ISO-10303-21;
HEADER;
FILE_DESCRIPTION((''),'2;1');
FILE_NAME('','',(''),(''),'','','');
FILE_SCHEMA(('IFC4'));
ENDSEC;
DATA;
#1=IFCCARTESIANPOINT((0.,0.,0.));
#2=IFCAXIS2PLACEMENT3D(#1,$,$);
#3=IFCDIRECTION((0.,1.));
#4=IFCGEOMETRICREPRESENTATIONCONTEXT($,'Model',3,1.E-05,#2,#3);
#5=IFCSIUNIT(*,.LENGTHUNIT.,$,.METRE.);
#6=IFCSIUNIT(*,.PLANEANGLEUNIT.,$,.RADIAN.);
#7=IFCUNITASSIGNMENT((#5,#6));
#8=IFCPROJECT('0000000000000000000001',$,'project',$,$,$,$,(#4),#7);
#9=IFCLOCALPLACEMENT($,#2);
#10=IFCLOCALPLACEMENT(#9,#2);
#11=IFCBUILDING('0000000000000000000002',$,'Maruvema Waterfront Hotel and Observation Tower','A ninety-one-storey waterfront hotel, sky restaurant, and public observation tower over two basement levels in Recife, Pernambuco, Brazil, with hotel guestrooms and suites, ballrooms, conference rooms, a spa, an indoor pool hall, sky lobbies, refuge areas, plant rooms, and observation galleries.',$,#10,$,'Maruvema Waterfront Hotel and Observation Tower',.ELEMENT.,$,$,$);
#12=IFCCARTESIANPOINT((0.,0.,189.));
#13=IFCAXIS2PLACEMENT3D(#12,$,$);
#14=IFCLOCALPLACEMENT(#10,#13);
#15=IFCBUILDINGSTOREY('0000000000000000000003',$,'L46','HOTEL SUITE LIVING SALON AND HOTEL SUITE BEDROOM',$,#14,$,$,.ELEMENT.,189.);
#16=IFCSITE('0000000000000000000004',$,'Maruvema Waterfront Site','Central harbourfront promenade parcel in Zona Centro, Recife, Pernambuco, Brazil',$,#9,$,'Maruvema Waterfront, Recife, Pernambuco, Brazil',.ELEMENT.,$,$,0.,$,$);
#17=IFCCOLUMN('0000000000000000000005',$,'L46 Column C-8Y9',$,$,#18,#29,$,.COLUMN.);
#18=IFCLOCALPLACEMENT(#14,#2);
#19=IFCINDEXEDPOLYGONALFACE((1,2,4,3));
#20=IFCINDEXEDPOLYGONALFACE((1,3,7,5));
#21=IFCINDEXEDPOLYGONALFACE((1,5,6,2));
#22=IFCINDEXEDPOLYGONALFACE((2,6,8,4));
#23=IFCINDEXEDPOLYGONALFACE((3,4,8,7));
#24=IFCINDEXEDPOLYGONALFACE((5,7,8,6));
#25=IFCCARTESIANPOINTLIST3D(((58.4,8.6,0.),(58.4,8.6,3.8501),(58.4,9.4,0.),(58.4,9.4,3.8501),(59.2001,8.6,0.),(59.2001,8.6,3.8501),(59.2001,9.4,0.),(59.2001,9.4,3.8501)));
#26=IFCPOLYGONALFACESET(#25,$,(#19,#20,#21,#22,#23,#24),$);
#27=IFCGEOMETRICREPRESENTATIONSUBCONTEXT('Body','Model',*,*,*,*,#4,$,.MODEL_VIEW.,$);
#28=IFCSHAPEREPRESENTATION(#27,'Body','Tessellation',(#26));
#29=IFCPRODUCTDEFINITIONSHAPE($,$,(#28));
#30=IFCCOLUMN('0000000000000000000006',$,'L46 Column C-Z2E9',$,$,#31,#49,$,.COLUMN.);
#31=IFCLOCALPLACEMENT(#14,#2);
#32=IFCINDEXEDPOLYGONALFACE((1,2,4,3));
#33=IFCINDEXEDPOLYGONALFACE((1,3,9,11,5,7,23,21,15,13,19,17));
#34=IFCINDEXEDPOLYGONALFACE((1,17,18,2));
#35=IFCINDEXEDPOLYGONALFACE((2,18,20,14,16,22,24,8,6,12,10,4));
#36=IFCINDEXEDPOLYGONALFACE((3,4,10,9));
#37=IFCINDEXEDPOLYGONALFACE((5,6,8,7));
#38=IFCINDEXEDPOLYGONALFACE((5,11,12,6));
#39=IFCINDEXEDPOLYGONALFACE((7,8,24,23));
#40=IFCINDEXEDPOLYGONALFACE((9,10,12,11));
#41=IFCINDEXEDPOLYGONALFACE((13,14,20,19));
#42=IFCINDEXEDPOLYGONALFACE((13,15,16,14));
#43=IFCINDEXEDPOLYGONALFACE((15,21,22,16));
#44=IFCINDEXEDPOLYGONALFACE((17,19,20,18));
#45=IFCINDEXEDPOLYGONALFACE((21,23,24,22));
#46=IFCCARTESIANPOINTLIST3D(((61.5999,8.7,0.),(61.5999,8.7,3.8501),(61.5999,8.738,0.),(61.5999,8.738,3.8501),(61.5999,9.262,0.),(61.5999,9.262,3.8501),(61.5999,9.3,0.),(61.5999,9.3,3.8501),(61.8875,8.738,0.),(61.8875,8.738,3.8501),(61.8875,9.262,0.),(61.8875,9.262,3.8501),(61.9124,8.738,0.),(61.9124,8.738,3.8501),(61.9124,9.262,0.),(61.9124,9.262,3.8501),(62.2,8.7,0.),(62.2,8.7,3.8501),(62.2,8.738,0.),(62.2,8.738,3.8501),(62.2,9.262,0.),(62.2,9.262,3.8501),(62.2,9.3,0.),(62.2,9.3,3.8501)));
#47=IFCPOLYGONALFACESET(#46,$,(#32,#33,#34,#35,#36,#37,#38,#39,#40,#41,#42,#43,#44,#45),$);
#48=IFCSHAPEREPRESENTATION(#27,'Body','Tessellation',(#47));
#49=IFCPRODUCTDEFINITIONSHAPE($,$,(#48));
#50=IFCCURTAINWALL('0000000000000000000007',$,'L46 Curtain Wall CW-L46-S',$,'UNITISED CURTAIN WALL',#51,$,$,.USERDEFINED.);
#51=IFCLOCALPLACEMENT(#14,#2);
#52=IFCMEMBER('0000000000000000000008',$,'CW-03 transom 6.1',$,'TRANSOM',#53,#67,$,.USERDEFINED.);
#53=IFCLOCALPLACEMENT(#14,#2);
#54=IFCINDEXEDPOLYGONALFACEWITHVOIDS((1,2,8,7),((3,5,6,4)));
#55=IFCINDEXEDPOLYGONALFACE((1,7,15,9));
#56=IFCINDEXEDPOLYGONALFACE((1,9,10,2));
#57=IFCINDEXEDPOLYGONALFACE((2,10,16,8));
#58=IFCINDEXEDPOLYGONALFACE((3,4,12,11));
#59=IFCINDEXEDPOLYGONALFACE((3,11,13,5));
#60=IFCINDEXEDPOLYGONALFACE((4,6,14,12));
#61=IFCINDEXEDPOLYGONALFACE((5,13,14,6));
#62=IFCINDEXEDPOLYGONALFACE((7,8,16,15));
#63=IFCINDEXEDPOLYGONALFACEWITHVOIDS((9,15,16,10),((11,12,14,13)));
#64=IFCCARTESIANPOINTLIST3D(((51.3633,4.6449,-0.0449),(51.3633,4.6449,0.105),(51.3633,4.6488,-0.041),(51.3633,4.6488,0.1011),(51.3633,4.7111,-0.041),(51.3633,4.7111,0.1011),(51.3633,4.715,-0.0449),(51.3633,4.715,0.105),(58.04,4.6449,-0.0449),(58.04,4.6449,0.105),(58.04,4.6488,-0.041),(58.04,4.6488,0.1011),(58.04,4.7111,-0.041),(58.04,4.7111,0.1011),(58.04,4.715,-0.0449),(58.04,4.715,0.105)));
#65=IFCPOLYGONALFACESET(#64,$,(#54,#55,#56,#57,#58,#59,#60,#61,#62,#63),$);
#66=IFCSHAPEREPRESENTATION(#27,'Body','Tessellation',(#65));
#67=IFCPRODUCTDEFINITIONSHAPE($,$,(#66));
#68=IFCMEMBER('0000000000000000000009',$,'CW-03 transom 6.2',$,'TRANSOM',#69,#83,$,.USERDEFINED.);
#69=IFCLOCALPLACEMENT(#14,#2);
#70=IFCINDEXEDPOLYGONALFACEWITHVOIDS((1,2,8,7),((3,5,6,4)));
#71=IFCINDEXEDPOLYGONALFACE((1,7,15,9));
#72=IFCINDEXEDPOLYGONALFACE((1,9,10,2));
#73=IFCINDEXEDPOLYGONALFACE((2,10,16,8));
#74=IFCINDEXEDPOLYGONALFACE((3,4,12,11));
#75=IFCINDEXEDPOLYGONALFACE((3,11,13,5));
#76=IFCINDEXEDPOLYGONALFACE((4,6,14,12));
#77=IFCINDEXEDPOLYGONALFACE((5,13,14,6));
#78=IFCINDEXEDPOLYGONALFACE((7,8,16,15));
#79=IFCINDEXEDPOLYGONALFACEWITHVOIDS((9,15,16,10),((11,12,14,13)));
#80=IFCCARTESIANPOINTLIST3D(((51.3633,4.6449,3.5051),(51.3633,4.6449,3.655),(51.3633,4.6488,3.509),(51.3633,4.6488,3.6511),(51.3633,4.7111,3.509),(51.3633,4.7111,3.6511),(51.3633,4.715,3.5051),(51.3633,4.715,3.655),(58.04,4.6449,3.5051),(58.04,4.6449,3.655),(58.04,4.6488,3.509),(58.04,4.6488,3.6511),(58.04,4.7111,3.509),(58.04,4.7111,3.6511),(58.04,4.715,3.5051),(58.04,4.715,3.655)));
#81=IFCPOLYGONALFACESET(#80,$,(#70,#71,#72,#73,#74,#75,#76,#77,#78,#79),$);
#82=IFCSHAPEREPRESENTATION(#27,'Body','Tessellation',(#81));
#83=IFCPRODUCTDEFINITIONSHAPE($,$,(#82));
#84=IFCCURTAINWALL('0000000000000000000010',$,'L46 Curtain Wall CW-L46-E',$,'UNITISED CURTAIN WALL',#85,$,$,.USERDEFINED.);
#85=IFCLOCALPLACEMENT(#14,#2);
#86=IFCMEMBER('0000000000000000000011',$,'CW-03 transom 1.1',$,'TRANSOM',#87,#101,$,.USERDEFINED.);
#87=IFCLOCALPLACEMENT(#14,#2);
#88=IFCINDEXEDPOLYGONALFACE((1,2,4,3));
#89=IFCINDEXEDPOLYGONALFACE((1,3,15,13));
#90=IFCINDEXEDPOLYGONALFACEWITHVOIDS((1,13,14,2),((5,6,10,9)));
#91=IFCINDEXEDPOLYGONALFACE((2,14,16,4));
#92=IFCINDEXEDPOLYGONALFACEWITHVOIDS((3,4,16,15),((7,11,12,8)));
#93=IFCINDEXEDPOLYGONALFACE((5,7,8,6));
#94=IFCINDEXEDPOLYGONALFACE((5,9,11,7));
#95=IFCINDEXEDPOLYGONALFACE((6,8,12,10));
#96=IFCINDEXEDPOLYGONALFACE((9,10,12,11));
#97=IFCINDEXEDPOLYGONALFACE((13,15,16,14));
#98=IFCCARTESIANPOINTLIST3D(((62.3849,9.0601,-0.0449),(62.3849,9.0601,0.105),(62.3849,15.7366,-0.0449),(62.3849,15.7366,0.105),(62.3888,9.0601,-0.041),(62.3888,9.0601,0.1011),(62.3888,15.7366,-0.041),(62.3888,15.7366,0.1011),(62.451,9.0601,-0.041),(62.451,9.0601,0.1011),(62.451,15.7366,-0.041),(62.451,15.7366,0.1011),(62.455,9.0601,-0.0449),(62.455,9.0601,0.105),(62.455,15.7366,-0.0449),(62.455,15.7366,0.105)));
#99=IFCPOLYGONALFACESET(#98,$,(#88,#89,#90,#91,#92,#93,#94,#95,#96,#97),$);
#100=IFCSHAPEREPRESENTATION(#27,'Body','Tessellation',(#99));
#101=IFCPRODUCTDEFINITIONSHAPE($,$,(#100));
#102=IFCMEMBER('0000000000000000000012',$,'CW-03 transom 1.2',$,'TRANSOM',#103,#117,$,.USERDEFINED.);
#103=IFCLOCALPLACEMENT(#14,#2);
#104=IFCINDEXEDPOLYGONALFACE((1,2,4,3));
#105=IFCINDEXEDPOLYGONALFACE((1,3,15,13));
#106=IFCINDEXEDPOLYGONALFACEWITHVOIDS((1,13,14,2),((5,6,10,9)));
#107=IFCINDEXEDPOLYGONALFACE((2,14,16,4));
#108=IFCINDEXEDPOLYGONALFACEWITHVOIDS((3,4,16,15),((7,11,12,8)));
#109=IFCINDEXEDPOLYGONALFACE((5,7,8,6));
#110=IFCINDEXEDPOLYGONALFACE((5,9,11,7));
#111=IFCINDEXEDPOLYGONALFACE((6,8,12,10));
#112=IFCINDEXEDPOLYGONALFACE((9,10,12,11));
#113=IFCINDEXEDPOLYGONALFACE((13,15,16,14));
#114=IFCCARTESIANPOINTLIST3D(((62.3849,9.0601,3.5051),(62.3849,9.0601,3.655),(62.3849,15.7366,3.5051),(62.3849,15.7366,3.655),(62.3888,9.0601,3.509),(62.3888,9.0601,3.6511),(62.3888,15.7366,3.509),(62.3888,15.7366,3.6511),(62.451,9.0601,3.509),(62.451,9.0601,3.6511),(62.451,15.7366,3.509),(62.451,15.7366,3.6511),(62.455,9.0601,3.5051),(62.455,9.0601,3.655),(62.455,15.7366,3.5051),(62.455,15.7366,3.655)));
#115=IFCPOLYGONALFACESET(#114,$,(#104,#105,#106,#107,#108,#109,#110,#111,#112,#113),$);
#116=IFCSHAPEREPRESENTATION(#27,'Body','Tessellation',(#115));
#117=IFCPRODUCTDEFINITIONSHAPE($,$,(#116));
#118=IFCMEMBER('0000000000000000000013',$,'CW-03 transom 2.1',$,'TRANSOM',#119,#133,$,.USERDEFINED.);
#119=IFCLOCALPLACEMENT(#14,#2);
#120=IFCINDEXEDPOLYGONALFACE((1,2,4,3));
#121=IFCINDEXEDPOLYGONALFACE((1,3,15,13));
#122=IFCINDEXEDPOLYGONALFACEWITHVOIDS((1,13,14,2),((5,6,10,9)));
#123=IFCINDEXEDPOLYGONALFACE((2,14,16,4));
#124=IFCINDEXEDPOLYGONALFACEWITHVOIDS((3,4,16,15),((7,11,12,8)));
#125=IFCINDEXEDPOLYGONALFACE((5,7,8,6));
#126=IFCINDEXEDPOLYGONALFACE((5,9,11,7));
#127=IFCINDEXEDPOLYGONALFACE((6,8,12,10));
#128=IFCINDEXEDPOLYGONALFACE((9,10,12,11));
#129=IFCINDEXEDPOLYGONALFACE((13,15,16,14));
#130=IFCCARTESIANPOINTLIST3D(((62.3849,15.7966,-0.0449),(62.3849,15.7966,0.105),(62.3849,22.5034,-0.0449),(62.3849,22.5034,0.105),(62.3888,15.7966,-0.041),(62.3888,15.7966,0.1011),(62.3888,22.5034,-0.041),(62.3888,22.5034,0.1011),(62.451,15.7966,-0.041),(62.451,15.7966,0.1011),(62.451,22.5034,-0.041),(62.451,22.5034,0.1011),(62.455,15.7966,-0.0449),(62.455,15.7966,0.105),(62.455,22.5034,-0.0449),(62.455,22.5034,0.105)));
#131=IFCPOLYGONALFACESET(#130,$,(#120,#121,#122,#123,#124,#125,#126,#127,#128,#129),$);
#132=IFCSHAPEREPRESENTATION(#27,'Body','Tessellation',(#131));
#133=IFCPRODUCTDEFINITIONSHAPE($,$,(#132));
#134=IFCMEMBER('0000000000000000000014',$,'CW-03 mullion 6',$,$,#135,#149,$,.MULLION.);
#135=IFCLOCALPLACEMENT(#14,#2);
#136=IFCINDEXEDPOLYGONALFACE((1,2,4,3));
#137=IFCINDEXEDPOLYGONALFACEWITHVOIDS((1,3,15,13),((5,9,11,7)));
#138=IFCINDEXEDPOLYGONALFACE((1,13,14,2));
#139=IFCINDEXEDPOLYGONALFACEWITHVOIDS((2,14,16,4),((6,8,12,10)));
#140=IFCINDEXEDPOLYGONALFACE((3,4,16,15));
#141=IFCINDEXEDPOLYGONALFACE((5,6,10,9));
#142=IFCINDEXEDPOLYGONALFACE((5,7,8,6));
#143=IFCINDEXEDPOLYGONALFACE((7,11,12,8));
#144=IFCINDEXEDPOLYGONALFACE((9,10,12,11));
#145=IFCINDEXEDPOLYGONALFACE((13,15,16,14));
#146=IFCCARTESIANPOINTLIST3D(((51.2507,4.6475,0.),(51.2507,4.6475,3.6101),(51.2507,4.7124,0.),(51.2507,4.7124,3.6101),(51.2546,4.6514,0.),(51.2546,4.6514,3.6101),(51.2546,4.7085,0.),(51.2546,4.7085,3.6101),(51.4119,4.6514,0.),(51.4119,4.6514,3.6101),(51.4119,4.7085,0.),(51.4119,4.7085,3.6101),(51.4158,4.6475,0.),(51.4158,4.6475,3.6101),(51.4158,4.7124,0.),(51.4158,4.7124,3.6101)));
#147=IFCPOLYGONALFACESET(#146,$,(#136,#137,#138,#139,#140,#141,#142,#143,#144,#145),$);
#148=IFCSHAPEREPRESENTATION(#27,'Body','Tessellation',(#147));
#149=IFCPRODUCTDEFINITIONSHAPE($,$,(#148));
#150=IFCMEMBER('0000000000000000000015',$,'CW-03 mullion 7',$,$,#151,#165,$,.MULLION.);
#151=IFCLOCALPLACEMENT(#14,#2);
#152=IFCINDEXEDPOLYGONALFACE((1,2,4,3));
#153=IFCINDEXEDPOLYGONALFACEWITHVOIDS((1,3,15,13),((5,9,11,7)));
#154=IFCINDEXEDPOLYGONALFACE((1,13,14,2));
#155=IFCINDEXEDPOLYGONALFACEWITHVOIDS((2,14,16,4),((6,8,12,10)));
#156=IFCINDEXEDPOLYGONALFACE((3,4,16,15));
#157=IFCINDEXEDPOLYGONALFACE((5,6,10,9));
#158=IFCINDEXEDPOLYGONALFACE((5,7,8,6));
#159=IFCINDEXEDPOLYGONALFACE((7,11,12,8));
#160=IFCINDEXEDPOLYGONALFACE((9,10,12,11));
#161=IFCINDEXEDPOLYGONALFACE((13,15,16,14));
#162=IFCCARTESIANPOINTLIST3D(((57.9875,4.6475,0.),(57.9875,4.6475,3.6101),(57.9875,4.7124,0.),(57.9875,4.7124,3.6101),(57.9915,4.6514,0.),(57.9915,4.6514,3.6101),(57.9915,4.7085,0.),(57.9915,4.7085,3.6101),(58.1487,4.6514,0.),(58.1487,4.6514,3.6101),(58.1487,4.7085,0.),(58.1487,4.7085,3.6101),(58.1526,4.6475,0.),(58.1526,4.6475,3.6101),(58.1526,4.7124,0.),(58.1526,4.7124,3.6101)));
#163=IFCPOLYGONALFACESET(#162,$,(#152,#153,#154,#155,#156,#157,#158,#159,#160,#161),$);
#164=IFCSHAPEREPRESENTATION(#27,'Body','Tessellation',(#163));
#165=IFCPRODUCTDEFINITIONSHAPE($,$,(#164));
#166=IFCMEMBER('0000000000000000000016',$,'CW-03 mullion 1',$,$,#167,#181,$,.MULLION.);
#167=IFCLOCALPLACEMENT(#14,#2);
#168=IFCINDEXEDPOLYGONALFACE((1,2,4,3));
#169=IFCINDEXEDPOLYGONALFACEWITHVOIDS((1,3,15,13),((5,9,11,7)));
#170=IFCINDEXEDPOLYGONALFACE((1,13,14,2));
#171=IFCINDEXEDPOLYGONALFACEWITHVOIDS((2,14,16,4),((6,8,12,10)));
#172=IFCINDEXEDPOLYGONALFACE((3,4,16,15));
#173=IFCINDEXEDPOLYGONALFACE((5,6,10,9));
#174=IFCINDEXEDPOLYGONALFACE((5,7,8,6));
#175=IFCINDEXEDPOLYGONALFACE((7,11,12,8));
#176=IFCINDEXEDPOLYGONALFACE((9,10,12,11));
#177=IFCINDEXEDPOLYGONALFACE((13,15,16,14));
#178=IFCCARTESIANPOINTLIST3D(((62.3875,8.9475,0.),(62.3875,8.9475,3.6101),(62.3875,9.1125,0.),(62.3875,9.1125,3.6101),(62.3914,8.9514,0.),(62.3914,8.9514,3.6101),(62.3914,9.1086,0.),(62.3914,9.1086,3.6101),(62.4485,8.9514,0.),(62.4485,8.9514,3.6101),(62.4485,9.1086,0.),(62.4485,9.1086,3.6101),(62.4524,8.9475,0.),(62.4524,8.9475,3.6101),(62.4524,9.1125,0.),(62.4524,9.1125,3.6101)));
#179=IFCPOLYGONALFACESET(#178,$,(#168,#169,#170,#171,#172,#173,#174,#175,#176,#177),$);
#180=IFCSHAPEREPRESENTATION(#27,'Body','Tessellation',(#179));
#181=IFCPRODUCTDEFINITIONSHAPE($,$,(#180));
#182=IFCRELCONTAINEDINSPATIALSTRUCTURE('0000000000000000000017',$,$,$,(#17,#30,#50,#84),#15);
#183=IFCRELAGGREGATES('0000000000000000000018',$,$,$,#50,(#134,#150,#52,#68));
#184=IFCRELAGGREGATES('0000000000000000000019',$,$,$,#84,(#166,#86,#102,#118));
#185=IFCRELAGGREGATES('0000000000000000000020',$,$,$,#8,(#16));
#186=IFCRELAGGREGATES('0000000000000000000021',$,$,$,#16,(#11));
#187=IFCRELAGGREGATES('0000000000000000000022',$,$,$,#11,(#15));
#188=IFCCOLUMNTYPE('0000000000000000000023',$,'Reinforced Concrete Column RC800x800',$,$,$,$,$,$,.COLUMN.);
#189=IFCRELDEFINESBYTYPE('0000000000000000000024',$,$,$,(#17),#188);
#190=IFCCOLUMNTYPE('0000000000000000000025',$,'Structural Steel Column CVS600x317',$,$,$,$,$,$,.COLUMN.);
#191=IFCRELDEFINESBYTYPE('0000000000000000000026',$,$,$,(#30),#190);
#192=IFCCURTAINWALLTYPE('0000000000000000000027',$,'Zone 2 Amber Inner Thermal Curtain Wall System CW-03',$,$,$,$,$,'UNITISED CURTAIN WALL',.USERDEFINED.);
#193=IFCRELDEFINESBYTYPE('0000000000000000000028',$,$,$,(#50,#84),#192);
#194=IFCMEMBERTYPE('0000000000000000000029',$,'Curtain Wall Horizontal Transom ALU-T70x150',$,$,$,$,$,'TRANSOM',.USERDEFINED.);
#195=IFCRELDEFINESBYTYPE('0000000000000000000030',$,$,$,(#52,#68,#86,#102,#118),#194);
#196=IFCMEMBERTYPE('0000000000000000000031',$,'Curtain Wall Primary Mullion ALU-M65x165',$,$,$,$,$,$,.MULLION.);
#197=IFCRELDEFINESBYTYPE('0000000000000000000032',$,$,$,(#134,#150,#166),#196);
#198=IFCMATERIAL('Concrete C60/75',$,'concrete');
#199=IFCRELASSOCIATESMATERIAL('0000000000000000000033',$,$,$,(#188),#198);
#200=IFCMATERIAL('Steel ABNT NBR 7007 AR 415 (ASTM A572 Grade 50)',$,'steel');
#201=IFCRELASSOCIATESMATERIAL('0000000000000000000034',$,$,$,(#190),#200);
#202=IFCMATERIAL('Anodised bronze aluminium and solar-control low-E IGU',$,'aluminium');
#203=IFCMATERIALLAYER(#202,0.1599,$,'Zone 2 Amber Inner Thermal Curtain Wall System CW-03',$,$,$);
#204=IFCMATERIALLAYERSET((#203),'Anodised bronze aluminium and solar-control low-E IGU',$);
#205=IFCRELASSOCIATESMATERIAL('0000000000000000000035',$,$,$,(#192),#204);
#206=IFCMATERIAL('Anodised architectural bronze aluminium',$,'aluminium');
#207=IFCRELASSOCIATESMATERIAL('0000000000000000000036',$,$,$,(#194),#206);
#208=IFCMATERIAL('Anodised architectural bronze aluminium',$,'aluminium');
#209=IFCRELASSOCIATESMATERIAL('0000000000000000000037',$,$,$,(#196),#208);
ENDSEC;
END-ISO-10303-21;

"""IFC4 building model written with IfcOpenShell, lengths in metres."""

from ifc_helpers import new_model, si_unit, direction, frame, origin, origin_2d, place, context, subcontext, project, spatial, rectangle, hollow_rectangle, i_section, extrude, material, layer, layer_set, material_profile, profile_set, type_object, element, aggregate, save


model = new_model("IFC4")

# Units and contexts
model_context = context("Model", 3, precision=1e-05, world=origin(), true_north=direction((0.0, 1.0)))
body_context = subcontext(model_context, "Body", "Model", "MODEL_VIEW")
ifc_project = project(units=[si_unit("LENGTHUNIT", "METRE"), si_unit("PLANEANGLEUNIT", "RADIAN")], contexts=[model_context])

# Site, building, storey
site_placement = place(None, origin())
site = spatial("IfcSite", under=ifc_project, at=site_placement, Name="Maruvema Waterfront Site", Description="Central harbourfront promenade parcel in Zona Centro, Recife, Pernambuco, Brazil", LongName="Maruvema Waterfront, Recife, Pernambuco, Brazil", CompositionType="ELEMENT", RefElevation=0.0)
building_placement = place(site_placement, origin())
building = spatial("IfcBuilding", under=site, at=building_placement, Name="Maruvema Waterfront Hotel and Observation Tower", Description="A ninety-one-storey waterfront hotel, sky restaurant, and public observation tower over two basement levels in Recife, Pernambuco, Brazil, with hotel guestrooms and suites, ballrooms, conference rooms, a spa, an indoor pool hall, sky lobbies, refuge areas, plant rooms, and observation galleries.", LongName="Maruvema Waterfront Hotel and Observation Tower", CompositionType="ELEMENT")
storey_placement = place(building_placement, frame((0.0, 0.0, 189.0)))
storey = spatial("IfcBuildingStorey", under=building, at=storey_placement, Name="L46", Description="HOTEL SUITE LIVING SALON AND HOTEL SUITE BEDROOM", CompositionType="ELEMENT", Elevation=189.0)

# Columns
ifc_material_1 = material(Name="Concrete C60/75", Category="concrete")
ifc_material_profile_1 = material_profile(ifc_material_1, rectangle(XDim=0.8, YDim=0.8, at=origin_2d()), Name="RC800x800")
ifc_profile_set_1 = profile_set([ifc_material_profile_1], Name="Concrete C60/75")
column_type_1 = type_object("IfcColumnType", Name="Reinforced Concrete Column RC800x800", PredefinedType="COLUMN", material=ifc_profile_set_1)
column_1_placement = place(storey_placement, frame((58.8, 9.0, 0.0), z_axis=(0.0, 0.0, 1.0), x_axis=(1.0, 0.0, 0.0)))
element("IfcColumn", 1, at=column_1_placement, inside=storey, type_object=column_type_1, Name="L46 Column C-8Y9", PredefinedType="COLUMN", context=body_context, shape_type="SweptSolid", body=[
    extrude(rectangle(XDim=0.8, YDim=0.8, at=origin_2d()), origin(), (0.0, 0.0, 1.0), 3.8501),
])
ifc_material_2 = material(Name="Steel ABNT NBR 7007 AR 415 (ASTM A572 Grade 50)", Category="steel")
ifc_material_profile_2 = material_profile(ifc_material_2, i_section(OverallWidth=0.6001, OverallDepth=0.6001, WebThickness=0.0249, FlangeThickness=0.0381, at=origin_2d()), Name="CVS600x317")
ifc_profile_set_2 = profile_set([ifc_material_profile_2], Name="Steel ABNT NBR 7007 AR 415 (ASTM A572 Grade 50)")
column_type_2 = type_object("IfcColumnType", Name="Structural Steel Column CVS600x317", PredefinedType="COLUMN", material=ifc_profile_set_2)
column_2_placement = place(storey_placement, frame((61.8999, 9.0, 0.0), z_axis=(0.0, 0.0, 1.0), x_axis=(1.0, 0.0, 0.0)))
element("IfcColumn", 2, at=column_2_placement, inside=storey, type_object=column_type_2, Name="L46 Column C-Z2E9", PredefinedType="COLUMN", context=body_context, shape_type="SweptSolid", body=[
    extrude(i_section(OverallWidth=0.6001, OverallDepth=0.6001, WebThickness=0.0249, FlangeThickness=0.0381, at=origin_2d()), origin(), (0.0, 0.0, 1.0), 3.8501),
])

# Curtain walls, members
ifc_material_3 = material(Name="Anodised bronze aluminium and solar-control low-E IGU", Category="aluminium")
ifc_layer_1 = layer(ifc_material_3, 0.1599, Name="Zone 2 Amber Inner Thermal Curtain Wall System CW-03")
ifc_layer_set_1 = layer_set([ifc_layer_1], Name="Anodised bronze aluminium and solar-control low-E IGU")
curtain_wall_type = type_object("IfcCurtainWallType", Name="Zone 2 Amber Inner Thermal Curtain Wall System CW-03", ElementType="UNITISED CURTAIN WALL", PredefinedType="USERDEFINED", material=ifc_layer_set_1)
curtain_wall_1_placement = place(storey_placement, origin())
curtain_wall_1 = element("IfcCurtainWall", 3, at=curtain_wall_1_placement, inside=storey, type_object=curtain_wall_type, Name="L46 Curtain Wall CW-L46-S", ObjectType="UNITISED CURTAIN WALL", PredefinedType="USERDEFINED")
ifc_material_4 = material(Name="Anodised architectural bronze aluminium", Category="aluminium")
ifc_material_profile_3 = material_profile(ifc_material_4, hollow_rectangle(XDim=0.0701, YDim=0.1499, WallThickness=0.0039, at=origin_2d()), Name="ALU-T70x150")
ifc_profile_set_3 = profile_set([ifc_material_profile_3], Name="Anodised architectural bronze aluminium")
member_type_1 = type_object("IfcMemberType", Name="Curtain Wall Horizontal Transom ALU-T70x150", ElementType="TRANSOM", PredefinedType="USERDEFINED", material=ifc_profile_set_3)
member_1_placement = place(storey_placement, frame((51.3633, 4.6799, 0.03), z_axis=(1.0, 0.0, 0.0), x_axis=(0.0, 1.0, 0.0)))
member_1 = element("IfcMember", 4, at=member_1_placement, type_object=member_type_1, Name="CW-03 transom 6.1", ObjectType="TRANSOM", PredefinedType="USERDEFINED", context=body_context, shape_type="SweptSolid", body=[
    extrude(hollow_rectangle(XDim=0.0701, YDim=0.1499, WallThickness=0.0039, at=origin_2d()), origin(), (0.0, 0.0, 1.0), 6.6768),
])
member_2_placement = place(storey_placement, frame((51.3633, 4.6799, 3.5801), z_axis=(1.0, 0.0, 0.0), x_axis=(0.0, 1.0, 0.0)))
member_2 = element("IfcMember", 5, at=member_2_placement, type_object=member_type_1, Name="CW-03 transom 6.2", ObjectType="TRANSOM", PredefinedType="USERDEFINED", context=body_context, shape_type="SweptSolid", body=[
    extrude(hollow_rectangle(XDim=0.0701, YDim=0.1499, WallThickness=0.0039, at=origin_2d()), origin(), (0.0, 0.0, 1.0), 6.6768),
])
curtain_wall_2_placement = place(storey_placement, origin())
curtain_wall_2 = element("IfcCurtainWall", 6, at=curtain_wall_2_placement, inside=storey, type_object=curtain_wall_type, Name="L46 Curtain Wall CW-L46-E", ObjectType="UNITISED CURTAIN WALL", PredefinedType="USERDEFINED")
member_3_placement = place(storey_placement, frame((62.4199, 9.0601, 0.03), z_axis=(0.0, 1.0, 0.0), x_axis=(-1.0, 0.0, 0.0)))
member_3 = element("IfcMember", 7, at=member_3_placement, type_object=member_type_1, Name="CW-03 transom 1.1", ObjectType="TRANSOM", PredefinedType="USERDEFINED", context=body_context, shape_type="SweptSolid", body=[
    extrude(hollow_rectangle(XDim=0.0701, YDim=0.1499, WallThickness=0.0039, at=origin_2d()), origin(), (0.0, 0.0, 1.0), 6.6765),
])
member_4_placement = place(storey_placement, frame((62.4199, 9.0601, 3.5801), z_axis=(0.0, 1.0, 0.0), x_axis=(-1.0, 0.0, 0.0)))
member_4 = element("IfcMember", 8, at=member_4_placement, type_object=member_type_1, Name="CW-03 transom 1.2", ObjectType="TRANSOM", PredefinedType="USERDEFINED", context=body_context, shape_type="SweptSolid", body=[
    extrude(hollow_rectangle(XDim=0.0701, YDim=0.1499, WallThickness=0.0039, at=origin_2d()), origin(), (0.0, 0.0, 1.0), 6.6765),
])
member_5_placement = place(storey_placement, frame((62.4199, 15.7966, 0.03), z_axis=(0.0, 1.0, 0.0), x_axis=(-1.0, 0.0, 0.0)))
member_5 = element("IfcMember", 9, at=member_5_placement, type_object=member_type_1, Name="CW-03 transom 2.1", ObjectType="TRANSOM", PredefinedType="USERDEFINED", context=body_context, shape_type="SweptSolid", body=[
    extrude(hollow_rectangle(XDim=0.0701, YDim=0.1499, WallThickness=0.0039, at=origin_2d()), origin(), (0.0, 0.0, 1.0), 6.7068),
])

# Members
ifc_material_5 = material(Name="Anodised architectural bronze aluminium", Category="aluminium")
ifc_material_profile_4 = material_profile(ifc_material_5, hollow_rectangle(XDim=0.0649, YDim=0.165, WallThickness=0.0039, at=origin_2d()), Name="ALU-M65x165")
ifc_profile_set_4 = profile_set([ifc_material_profile_4], Name="Anodised architectural bronze aluminium")
member_type_2 = type_object("IfcMemberType", Name="Curtain Wall Primary Mullion ALU-M65x165", PredefinedType="MULLION", material=ifc_profile_set_4)
member_6_placement = place(storey_placement, frame((51.3333, 4.6799, 0.0), z_axis=(0.0, 0.0, 1.0), x_axis=(0.0, 1.0, 0.0)))
member_6 = element("IfcMember", 10, at=member_6_placement, type_object=member_type_2, Name="CW-03 mullion 6", PredefinedType="MULLION", context=body_context, shape_type="SweptSolid", body=[
    extrude(hollow_rectangle(XDim=0.0649, YDim=0.165, WallThickness=0.0039, at=origin_2d()), origin(), (0.0, 0.0, 1.0), 3.6101),
])
member_7_placement = place(storey_placement, frame((58.0701, 4.6799, 0.0), z_axis=(0.0, 0.0, 1.0), x_axis=(0.0, 1.0, 0.0)))
member_7 = element("IfcMember", 11, at=member_7_placement, type_object=member_type_2, Name="CW-03 mullion 7", PredefinedType="MULLION", context=body_context, shape_type="SweptSolid", body=[
    extrude(hollow_rectangle(XDim=0.0649, YDim=0.165, WallThickness=0.0039, at=origin_2d()), origin(), (0.0, 0.0, 1.0), 3.6101),
])
member_8_placement = place(storey_placement, frame((62.4199, 9.03, 0.0), z_axis=(0.0, 0.0, 1.0), x_axis=(-1.0, 0.0, 0.0)))
member_8 = element("IfcMember", 12, at=member_8_placement, type_object=member_type_2, Name="CW-03 mullion 1", PredefinedType="MULLION", context=body_context, shape_type="SweptSolid", body=[
    extrude(hollow_rectangle(XDim=0.0649, YDim=0.165, WallThickness=0.0039, at=origin_2d()), origin(), (0.0, 0.0, 1.0), 3.6101),
])

aggregate(curtain_wall_1, [member_6, member_7, member_1, member_2])
aggregate(curtain_wall_2, [member_8, member_3, member_4, member_5])

save(model, "model.ifc")
